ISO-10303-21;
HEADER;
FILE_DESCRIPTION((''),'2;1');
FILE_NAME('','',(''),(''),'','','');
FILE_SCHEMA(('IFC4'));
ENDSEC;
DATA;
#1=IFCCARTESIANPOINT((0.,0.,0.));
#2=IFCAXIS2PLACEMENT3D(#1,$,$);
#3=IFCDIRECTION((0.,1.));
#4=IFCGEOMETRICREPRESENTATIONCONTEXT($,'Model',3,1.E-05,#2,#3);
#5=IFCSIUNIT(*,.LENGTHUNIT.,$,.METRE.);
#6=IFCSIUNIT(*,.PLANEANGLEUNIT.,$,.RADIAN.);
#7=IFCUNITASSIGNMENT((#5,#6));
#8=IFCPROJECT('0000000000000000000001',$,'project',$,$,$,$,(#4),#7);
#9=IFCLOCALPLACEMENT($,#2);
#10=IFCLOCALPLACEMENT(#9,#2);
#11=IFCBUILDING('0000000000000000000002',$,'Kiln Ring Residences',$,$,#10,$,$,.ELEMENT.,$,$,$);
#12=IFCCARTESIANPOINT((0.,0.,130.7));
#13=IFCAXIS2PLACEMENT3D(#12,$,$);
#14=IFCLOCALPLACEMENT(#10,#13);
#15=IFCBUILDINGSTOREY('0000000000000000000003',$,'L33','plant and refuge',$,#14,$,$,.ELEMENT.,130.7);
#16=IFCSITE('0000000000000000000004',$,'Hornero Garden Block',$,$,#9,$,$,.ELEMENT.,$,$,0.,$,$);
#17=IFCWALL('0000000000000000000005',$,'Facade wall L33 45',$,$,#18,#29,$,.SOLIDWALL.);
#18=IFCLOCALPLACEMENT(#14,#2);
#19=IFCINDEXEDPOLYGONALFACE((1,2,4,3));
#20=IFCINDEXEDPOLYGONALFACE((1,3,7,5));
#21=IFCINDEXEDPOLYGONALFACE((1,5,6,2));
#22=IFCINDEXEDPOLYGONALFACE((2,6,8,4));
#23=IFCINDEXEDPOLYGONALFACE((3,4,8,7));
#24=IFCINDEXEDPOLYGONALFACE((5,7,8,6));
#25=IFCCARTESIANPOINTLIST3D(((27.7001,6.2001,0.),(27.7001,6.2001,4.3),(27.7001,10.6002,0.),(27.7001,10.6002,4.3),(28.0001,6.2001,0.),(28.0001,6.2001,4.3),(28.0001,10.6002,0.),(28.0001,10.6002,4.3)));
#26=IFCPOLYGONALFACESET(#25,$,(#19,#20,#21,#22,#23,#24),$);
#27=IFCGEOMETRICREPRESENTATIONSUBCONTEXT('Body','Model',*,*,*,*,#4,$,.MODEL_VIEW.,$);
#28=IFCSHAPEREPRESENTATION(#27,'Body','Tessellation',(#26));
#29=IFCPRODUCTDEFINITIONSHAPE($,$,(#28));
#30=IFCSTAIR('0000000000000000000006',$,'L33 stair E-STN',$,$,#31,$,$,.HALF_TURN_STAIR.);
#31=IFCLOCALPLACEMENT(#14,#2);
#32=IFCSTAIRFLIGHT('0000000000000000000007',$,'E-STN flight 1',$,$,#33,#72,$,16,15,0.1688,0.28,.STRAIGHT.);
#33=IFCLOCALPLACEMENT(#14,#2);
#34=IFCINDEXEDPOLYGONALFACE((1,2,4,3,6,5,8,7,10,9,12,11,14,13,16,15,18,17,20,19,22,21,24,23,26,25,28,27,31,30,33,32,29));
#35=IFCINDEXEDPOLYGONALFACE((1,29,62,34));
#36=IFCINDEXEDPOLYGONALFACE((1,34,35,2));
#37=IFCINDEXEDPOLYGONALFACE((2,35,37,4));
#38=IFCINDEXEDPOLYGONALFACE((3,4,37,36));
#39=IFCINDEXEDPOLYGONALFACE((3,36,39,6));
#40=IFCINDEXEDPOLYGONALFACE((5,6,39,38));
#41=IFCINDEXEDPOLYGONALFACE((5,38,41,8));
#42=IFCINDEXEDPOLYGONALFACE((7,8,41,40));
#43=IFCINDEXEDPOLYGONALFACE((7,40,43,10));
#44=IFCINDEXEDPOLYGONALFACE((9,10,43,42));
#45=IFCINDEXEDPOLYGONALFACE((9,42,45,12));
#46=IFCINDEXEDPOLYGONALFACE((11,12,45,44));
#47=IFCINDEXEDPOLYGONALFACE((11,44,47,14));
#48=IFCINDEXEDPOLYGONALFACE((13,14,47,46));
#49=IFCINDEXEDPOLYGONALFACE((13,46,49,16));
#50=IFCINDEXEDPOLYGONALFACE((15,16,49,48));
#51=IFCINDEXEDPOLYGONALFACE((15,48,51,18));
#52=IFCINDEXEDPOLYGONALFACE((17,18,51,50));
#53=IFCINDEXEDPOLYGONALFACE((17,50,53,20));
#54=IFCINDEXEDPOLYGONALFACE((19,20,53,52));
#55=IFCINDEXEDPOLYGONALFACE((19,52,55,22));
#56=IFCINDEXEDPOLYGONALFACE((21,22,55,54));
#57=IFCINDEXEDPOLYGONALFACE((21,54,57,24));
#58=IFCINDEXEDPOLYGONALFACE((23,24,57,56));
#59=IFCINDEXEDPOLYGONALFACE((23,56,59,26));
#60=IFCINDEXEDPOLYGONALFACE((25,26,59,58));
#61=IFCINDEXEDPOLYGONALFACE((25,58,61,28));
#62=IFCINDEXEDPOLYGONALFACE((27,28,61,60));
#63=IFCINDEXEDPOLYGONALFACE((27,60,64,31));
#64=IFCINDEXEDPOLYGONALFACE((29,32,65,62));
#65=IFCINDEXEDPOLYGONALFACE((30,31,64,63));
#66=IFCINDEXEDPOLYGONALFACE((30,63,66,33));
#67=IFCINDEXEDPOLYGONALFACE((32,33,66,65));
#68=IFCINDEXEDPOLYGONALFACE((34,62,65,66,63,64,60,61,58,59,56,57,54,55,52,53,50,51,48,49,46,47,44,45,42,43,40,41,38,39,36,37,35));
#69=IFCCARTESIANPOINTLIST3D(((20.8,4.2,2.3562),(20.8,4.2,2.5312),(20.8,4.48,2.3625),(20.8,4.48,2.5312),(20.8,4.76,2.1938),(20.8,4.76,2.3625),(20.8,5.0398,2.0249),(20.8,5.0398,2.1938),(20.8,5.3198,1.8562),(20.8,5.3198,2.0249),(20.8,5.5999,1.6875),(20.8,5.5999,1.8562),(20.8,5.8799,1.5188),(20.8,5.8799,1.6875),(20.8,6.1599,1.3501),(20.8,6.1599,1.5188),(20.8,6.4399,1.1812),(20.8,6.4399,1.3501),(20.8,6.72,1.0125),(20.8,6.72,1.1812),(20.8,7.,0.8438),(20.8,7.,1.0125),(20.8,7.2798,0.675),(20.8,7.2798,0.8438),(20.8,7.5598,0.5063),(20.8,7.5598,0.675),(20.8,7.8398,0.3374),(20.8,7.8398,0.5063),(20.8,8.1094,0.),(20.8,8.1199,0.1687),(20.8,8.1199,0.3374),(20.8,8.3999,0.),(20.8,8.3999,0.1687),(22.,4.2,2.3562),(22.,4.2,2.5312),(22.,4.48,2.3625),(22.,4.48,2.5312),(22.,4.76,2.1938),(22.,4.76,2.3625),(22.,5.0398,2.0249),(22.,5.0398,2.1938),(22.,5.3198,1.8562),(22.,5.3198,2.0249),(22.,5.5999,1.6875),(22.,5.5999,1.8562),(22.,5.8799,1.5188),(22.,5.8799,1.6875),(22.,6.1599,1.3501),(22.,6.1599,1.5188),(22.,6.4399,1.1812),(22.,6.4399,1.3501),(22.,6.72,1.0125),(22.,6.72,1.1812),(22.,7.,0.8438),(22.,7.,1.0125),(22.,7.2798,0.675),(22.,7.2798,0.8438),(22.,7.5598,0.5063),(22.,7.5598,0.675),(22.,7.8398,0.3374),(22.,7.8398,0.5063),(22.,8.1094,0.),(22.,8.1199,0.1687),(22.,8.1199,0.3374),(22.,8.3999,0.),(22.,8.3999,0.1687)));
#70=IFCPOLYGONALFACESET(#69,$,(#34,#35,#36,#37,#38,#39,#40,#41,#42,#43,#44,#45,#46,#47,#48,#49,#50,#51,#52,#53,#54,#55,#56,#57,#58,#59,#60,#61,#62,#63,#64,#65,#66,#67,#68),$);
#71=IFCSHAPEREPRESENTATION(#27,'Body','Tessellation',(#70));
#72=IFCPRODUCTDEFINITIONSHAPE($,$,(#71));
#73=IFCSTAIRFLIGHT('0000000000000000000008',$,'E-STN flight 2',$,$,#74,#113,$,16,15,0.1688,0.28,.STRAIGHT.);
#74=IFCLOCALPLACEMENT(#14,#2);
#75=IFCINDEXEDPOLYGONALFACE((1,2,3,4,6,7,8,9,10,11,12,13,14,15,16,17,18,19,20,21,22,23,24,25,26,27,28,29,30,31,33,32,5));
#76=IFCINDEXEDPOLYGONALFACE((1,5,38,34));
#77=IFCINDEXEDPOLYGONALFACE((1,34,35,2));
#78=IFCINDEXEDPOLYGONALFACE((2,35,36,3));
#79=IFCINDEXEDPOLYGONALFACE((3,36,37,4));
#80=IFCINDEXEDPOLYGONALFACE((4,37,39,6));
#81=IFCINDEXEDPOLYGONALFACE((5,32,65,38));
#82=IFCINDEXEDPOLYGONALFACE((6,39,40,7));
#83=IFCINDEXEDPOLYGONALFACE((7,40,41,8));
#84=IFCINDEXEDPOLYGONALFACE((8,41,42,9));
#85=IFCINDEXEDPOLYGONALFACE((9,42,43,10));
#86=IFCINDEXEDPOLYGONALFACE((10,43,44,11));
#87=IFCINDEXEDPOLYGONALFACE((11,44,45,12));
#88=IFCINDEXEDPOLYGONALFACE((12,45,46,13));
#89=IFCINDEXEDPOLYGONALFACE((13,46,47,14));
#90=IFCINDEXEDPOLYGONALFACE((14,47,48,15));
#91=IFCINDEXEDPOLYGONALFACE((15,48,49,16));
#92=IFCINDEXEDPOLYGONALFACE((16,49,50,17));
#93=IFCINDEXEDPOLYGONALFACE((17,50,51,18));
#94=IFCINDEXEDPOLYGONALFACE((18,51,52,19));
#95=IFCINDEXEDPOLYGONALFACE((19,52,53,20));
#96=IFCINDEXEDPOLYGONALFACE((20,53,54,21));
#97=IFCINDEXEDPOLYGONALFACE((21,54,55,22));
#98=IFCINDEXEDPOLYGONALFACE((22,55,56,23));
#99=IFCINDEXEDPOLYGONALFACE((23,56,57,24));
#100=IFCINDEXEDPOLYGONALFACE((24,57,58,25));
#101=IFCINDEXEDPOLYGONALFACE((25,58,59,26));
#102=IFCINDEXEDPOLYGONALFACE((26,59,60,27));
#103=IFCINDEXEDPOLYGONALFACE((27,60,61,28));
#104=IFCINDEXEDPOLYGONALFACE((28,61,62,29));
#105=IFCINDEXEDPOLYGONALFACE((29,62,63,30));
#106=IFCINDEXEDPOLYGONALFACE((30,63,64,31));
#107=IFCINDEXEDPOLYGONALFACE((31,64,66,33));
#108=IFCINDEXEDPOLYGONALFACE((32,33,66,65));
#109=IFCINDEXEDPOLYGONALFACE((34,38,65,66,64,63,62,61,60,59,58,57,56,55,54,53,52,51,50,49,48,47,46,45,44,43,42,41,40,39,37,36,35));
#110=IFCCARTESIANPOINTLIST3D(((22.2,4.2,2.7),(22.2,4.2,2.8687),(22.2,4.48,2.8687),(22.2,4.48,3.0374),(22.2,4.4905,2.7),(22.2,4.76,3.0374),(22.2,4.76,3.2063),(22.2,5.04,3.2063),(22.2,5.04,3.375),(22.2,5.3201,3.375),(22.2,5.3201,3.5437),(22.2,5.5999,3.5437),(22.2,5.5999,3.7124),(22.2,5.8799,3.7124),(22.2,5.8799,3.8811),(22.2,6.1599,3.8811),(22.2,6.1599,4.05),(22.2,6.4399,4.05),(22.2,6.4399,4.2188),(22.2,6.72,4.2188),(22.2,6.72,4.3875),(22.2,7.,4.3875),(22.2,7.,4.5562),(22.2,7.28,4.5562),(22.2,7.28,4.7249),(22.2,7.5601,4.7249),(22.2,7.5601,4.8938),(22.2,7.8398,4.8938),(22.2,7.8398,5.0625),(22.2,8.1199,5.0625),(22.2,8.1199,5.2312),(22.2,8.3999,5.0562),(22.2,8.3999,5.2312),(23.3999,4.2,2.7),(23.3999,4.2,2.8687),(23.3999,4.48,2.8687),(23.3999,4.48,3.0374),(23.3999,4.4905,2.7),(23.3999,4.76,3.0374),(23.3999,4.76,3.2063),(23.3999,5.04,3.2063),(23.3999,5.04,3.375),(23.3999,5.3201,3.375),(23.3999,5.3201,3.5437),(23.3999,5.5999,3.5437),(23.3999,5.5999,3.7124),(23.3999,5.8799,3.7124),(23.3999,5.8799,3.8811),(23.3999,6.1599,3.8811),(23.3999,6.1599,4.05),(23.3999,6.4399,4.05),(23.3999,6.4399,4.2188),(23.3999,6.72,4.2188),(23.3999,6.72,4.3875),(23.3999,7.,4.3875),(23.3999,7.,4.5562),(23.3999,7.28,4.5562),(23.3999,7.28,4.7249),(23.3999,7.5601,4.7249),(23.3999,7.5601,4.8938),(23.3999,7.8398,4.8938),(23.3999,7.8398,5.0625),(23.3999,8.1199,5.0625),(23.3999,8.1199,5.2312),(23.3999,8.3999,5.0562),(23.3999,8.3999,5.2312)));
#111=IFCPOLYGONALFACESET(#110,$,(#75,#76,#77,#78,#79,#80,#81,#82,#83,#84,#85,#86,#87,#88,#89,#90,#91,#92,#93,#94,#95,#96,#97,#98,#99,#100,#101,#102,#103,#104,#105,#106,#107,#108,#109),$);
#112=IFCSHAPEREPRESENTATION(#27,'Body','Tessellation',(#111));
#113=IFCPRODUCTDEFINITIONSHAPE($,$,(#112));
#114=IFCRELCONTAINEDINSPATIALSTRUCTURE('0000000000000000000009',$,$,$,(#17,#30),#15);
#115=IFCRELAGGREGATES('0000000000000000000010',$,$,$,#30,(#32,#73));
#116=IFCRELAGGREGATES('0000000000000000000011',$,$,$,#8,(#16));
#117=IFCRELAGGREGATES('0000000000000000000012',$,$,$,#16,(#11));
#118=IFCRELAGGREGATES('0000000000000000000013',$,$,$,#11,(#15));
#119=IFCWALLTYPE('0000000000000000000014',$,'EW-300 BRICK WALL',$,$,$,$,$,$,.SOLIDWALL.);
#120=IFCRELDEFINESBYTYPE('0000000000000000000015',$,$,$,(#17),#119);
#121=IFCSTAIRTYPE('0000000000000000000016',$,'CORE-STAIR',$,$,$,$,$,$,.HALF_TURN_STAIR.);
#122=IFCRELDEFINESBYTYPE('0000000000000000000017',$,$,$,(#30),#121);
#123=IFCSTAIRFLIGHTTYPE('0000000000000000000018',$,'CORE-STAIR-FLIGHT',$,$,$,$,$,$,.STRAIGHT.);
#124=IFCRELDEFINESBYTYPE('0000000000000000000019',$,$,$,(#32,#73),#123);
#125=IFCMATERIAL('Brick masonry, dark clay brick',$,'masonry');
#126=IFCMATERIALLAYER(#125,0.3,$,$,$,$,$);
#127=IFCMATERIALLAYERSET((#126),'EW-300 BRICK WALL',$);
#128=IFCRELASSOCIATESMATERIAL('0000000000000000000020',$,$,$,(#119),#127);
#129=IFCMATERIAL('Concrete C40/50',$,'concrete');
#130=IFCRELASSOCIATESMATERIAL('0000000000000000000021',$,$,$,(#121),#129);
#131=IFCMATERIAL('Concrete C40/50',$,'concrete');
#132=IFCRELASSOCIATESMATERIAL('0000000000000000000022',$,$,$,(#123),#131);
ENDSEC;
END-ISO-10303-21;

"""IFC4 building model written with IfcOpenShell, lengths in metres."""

from ifc_helpers import new_model, si_unit, direction, frame, frame_2d, origin, place, context, subcontext, project, spatial, polyline, rectangle, outline, extrude, material, layer, layer_set, type_object, element, aggregate, save


model = new_model("IFC4")

# Units and contexts
model_context = context("Model", 3, precision=1e-05, world=origin(), true_north=direction((0.0, 1.0)))
body_context = subcontext(model_context, "Body", "Model", "MODEL_VIEW")
ifc_project = project(units=[si_unit("LENGTHUNIT", "METRE"), si_unit("PLANEANGLEUNIT", "RADIAN")], contexts=[model_context])

# Site, building, storey
site_placement = place(None, origin())
site = spatial("IfcSite", under=ifc_project, at=site_placement, Name="Hornero Garden Block", CompositionType="ELEMENT", RefElevation=0.0)
building_placement = place(site_placement, origin())
building = spatial("IfcBuilding", under=site, at=building_placement, Name="Kiln Ring Residences", CompositionType="ELEMENT")
storey_placement = place(building_placement, frame((0.0, 0.0, 130.7)))
storey = spatial("IfcBuildingStorey", under=building, at=storey_placement, Name="L33", Description="plant and refuge", CompositionType="ELEMENT", Elevation=130.7)

# Wall
ifc_material_1 = material(Name="Brick masonry, dark clay brick", Category="masonry")
ifc_layer_1 = layer(ifc_material_1, 0.3)
ifc_layer_set_1 = layer_set([ifc_layer_1], Name="EW-300 BRICK WALL")
wall_type_1 = type_object("IfcWallType", Name="EW-300 BRICK WALL", PredefinedType="SOLIDWALL", material=ifc_layer_set_1)
wall_1_placement = place(storey_placement, frame((27.8501, 6.2, 0.0), z_axis=(0.0, 0.0, 1.0), x_axis=(0.0, 1.0, 0.0)))
element("IfcWall", 1, at=wall_1_placement, inside=storey, type_object=wall_type_1, Name="Facade wall L33 45", PredefinedType="SOLIDWALL", context=body_context, shape_type="SweptSolid", body=[
    extrude(rectangle(XDim=4.4001, YDim=0.3, at=frame_2d((2.2002, 0.0))), origin(), (0.0, 0.0, 1.0), 4.3),
])

# Stair, stair flights
ifc_material_2 = material(Name="Concrete C40/50", Category="concrete")
stair_type = type_object("IfcStairType", Name="CORE-STAIR", PredefinedType="HALF_TURN_STAIR", material=ifc_material_2)
stair_placement = place(storey_placement, origin())
stair = element("IfcStair", 2, at=stair_placement, inside=storey, type_object=stair_type, Name="L33 stair E-STN", PredefinedType="HALF_TURN_STAIR")
ifc_material_3 = material(Name="Concrete C40/50", Category="concrete")
stair_flight_type = type_object("IfcStairFlightType", Name="CORE-STAIR-FLIGHT", PredefinedType="STRAIGHT", material=ifc_material_3)
stair_flight_1_placement = place(storey_placement, frame((21.3999, 8.3999, 0.0), z_axis=(0.0, 0.0, 1.0), x_axis=(0.0, -1.0, 0.0)))
stair_flight_1 = element("IfcStairFlight", 3, at=stair_flight_1_placement, type_object=stair_flight_type, Name="E-STN flight 1", NumberOfRisers=16, NumberOfTreads=15, PredefinedType="STRAIGHT", RiserHeight=0.1688, TreadLength=0.28, context=body_context, shape_type="SweptSolid", body=[
    extrude(outline(polyline([(0.0, 0.0), (0.0, 0.1687), (0.28, 0.1687), (0.28, 0.3374), (0.5601, 0.3374), (0.5601, 0.5063), (0.8401, 0.5063), (0.8401, 0.675), (1.1201, 0.675), (1.1201, 0.8438), (1.3999, 0.8438), (1.3999, 1.0125), (1.6799, 1.0125), (1.6799, 1.1812), (1.96, 1.1812), (1.96, 1.3501), (2.24, 1.3501), (2.24, 1.5188), (2.52, 1.5188), (2.52, 1.6875), (2.8, 1.6875), (2.8, 1.8562), (3.0801, 1.8562), (3.0801, 2.0249), (3.3601, 2.0249), (3.3601, 2.1938), (3.6399, 2.1938), (3.6399, 2.3625), (3.9199, 2.3625), (3.9199, 2.5312), (4.2, 2.5312), (4.2, 2.7), (4.2, 2.3562), (0.2905, 0.0), (0.0, 0.0)])), frame((0.0, 0.6001, 0.0), z_axis=(0.0, -1.0, 0.0), x_axis=(1.0, 0.0, 0.0)), (0.0, 0.0, 1.0), 1.2),
])
stair_flight_2_placement = place(storey_placement, frame((22.8, 4.2, 2.7), z_axis=(0.0, 0.0, 1.0), x_axis=(0.0, 1.0, 0.0)))
stair_flight_2 = element("IfcStairFlight", 4, at=stair_flight_2_placement, type_object=stair_flight_type, Name="E-STN flight 2", NumberOfRisers=16, NumberOfTreads=15, PredefinedType="STRAIGHT", RiserHeight=0.1688, TreadLength=0.28, context=body_context, shape_type="SweptSolid", body=[
    extrude(outline(polyline([(0.0, 0.0), (0.0, 0.1687), (0.28, 0.1687), (0.28, 0.3374), (0.5601, 0.3374), (0.5601, 0.5063), (0.8401, 0.5063), (0.8401, 0.675), (1.1201, 0.675), (1.1201, 0.8438), (1.3999, 0.8438), (1.3999, 1.0125), (1.6799, 1.0125), (1.6799, 1.1812), (1.96, 1.1812), (1.96, 1.3501), (2.24, 1.3501), (2.24, 1.5188), (2.52, 1.5188), (2.52, 1.6875), (2.8, 1.6875), (2.8, 1.8562), (3.0801, 1.8562), (3.0801, 2.0249), (3.3601, 2.0249), (3.3601, 2.1938), (3.6399, 2.1938), (3.6399, 2.3625), (3.9199, 2.3625), (3.9199, 2.5312), (4.2, 2.5312), (4.2, 2.7), (4.2, 2.3562), (0.2905, 0.0), (0.0, 0.0)])), frame((0.0, 0.6001, 0.0), z_axis=(0.0, -1.0, 0.0), x_axis=(1.0, 0.0, 0.0)), (0.0, 0.0, 1.0), 1.2),
])
aggregate(stair, [stair_flight_1, stair_flight_2])

save(model, "model.ifc")
